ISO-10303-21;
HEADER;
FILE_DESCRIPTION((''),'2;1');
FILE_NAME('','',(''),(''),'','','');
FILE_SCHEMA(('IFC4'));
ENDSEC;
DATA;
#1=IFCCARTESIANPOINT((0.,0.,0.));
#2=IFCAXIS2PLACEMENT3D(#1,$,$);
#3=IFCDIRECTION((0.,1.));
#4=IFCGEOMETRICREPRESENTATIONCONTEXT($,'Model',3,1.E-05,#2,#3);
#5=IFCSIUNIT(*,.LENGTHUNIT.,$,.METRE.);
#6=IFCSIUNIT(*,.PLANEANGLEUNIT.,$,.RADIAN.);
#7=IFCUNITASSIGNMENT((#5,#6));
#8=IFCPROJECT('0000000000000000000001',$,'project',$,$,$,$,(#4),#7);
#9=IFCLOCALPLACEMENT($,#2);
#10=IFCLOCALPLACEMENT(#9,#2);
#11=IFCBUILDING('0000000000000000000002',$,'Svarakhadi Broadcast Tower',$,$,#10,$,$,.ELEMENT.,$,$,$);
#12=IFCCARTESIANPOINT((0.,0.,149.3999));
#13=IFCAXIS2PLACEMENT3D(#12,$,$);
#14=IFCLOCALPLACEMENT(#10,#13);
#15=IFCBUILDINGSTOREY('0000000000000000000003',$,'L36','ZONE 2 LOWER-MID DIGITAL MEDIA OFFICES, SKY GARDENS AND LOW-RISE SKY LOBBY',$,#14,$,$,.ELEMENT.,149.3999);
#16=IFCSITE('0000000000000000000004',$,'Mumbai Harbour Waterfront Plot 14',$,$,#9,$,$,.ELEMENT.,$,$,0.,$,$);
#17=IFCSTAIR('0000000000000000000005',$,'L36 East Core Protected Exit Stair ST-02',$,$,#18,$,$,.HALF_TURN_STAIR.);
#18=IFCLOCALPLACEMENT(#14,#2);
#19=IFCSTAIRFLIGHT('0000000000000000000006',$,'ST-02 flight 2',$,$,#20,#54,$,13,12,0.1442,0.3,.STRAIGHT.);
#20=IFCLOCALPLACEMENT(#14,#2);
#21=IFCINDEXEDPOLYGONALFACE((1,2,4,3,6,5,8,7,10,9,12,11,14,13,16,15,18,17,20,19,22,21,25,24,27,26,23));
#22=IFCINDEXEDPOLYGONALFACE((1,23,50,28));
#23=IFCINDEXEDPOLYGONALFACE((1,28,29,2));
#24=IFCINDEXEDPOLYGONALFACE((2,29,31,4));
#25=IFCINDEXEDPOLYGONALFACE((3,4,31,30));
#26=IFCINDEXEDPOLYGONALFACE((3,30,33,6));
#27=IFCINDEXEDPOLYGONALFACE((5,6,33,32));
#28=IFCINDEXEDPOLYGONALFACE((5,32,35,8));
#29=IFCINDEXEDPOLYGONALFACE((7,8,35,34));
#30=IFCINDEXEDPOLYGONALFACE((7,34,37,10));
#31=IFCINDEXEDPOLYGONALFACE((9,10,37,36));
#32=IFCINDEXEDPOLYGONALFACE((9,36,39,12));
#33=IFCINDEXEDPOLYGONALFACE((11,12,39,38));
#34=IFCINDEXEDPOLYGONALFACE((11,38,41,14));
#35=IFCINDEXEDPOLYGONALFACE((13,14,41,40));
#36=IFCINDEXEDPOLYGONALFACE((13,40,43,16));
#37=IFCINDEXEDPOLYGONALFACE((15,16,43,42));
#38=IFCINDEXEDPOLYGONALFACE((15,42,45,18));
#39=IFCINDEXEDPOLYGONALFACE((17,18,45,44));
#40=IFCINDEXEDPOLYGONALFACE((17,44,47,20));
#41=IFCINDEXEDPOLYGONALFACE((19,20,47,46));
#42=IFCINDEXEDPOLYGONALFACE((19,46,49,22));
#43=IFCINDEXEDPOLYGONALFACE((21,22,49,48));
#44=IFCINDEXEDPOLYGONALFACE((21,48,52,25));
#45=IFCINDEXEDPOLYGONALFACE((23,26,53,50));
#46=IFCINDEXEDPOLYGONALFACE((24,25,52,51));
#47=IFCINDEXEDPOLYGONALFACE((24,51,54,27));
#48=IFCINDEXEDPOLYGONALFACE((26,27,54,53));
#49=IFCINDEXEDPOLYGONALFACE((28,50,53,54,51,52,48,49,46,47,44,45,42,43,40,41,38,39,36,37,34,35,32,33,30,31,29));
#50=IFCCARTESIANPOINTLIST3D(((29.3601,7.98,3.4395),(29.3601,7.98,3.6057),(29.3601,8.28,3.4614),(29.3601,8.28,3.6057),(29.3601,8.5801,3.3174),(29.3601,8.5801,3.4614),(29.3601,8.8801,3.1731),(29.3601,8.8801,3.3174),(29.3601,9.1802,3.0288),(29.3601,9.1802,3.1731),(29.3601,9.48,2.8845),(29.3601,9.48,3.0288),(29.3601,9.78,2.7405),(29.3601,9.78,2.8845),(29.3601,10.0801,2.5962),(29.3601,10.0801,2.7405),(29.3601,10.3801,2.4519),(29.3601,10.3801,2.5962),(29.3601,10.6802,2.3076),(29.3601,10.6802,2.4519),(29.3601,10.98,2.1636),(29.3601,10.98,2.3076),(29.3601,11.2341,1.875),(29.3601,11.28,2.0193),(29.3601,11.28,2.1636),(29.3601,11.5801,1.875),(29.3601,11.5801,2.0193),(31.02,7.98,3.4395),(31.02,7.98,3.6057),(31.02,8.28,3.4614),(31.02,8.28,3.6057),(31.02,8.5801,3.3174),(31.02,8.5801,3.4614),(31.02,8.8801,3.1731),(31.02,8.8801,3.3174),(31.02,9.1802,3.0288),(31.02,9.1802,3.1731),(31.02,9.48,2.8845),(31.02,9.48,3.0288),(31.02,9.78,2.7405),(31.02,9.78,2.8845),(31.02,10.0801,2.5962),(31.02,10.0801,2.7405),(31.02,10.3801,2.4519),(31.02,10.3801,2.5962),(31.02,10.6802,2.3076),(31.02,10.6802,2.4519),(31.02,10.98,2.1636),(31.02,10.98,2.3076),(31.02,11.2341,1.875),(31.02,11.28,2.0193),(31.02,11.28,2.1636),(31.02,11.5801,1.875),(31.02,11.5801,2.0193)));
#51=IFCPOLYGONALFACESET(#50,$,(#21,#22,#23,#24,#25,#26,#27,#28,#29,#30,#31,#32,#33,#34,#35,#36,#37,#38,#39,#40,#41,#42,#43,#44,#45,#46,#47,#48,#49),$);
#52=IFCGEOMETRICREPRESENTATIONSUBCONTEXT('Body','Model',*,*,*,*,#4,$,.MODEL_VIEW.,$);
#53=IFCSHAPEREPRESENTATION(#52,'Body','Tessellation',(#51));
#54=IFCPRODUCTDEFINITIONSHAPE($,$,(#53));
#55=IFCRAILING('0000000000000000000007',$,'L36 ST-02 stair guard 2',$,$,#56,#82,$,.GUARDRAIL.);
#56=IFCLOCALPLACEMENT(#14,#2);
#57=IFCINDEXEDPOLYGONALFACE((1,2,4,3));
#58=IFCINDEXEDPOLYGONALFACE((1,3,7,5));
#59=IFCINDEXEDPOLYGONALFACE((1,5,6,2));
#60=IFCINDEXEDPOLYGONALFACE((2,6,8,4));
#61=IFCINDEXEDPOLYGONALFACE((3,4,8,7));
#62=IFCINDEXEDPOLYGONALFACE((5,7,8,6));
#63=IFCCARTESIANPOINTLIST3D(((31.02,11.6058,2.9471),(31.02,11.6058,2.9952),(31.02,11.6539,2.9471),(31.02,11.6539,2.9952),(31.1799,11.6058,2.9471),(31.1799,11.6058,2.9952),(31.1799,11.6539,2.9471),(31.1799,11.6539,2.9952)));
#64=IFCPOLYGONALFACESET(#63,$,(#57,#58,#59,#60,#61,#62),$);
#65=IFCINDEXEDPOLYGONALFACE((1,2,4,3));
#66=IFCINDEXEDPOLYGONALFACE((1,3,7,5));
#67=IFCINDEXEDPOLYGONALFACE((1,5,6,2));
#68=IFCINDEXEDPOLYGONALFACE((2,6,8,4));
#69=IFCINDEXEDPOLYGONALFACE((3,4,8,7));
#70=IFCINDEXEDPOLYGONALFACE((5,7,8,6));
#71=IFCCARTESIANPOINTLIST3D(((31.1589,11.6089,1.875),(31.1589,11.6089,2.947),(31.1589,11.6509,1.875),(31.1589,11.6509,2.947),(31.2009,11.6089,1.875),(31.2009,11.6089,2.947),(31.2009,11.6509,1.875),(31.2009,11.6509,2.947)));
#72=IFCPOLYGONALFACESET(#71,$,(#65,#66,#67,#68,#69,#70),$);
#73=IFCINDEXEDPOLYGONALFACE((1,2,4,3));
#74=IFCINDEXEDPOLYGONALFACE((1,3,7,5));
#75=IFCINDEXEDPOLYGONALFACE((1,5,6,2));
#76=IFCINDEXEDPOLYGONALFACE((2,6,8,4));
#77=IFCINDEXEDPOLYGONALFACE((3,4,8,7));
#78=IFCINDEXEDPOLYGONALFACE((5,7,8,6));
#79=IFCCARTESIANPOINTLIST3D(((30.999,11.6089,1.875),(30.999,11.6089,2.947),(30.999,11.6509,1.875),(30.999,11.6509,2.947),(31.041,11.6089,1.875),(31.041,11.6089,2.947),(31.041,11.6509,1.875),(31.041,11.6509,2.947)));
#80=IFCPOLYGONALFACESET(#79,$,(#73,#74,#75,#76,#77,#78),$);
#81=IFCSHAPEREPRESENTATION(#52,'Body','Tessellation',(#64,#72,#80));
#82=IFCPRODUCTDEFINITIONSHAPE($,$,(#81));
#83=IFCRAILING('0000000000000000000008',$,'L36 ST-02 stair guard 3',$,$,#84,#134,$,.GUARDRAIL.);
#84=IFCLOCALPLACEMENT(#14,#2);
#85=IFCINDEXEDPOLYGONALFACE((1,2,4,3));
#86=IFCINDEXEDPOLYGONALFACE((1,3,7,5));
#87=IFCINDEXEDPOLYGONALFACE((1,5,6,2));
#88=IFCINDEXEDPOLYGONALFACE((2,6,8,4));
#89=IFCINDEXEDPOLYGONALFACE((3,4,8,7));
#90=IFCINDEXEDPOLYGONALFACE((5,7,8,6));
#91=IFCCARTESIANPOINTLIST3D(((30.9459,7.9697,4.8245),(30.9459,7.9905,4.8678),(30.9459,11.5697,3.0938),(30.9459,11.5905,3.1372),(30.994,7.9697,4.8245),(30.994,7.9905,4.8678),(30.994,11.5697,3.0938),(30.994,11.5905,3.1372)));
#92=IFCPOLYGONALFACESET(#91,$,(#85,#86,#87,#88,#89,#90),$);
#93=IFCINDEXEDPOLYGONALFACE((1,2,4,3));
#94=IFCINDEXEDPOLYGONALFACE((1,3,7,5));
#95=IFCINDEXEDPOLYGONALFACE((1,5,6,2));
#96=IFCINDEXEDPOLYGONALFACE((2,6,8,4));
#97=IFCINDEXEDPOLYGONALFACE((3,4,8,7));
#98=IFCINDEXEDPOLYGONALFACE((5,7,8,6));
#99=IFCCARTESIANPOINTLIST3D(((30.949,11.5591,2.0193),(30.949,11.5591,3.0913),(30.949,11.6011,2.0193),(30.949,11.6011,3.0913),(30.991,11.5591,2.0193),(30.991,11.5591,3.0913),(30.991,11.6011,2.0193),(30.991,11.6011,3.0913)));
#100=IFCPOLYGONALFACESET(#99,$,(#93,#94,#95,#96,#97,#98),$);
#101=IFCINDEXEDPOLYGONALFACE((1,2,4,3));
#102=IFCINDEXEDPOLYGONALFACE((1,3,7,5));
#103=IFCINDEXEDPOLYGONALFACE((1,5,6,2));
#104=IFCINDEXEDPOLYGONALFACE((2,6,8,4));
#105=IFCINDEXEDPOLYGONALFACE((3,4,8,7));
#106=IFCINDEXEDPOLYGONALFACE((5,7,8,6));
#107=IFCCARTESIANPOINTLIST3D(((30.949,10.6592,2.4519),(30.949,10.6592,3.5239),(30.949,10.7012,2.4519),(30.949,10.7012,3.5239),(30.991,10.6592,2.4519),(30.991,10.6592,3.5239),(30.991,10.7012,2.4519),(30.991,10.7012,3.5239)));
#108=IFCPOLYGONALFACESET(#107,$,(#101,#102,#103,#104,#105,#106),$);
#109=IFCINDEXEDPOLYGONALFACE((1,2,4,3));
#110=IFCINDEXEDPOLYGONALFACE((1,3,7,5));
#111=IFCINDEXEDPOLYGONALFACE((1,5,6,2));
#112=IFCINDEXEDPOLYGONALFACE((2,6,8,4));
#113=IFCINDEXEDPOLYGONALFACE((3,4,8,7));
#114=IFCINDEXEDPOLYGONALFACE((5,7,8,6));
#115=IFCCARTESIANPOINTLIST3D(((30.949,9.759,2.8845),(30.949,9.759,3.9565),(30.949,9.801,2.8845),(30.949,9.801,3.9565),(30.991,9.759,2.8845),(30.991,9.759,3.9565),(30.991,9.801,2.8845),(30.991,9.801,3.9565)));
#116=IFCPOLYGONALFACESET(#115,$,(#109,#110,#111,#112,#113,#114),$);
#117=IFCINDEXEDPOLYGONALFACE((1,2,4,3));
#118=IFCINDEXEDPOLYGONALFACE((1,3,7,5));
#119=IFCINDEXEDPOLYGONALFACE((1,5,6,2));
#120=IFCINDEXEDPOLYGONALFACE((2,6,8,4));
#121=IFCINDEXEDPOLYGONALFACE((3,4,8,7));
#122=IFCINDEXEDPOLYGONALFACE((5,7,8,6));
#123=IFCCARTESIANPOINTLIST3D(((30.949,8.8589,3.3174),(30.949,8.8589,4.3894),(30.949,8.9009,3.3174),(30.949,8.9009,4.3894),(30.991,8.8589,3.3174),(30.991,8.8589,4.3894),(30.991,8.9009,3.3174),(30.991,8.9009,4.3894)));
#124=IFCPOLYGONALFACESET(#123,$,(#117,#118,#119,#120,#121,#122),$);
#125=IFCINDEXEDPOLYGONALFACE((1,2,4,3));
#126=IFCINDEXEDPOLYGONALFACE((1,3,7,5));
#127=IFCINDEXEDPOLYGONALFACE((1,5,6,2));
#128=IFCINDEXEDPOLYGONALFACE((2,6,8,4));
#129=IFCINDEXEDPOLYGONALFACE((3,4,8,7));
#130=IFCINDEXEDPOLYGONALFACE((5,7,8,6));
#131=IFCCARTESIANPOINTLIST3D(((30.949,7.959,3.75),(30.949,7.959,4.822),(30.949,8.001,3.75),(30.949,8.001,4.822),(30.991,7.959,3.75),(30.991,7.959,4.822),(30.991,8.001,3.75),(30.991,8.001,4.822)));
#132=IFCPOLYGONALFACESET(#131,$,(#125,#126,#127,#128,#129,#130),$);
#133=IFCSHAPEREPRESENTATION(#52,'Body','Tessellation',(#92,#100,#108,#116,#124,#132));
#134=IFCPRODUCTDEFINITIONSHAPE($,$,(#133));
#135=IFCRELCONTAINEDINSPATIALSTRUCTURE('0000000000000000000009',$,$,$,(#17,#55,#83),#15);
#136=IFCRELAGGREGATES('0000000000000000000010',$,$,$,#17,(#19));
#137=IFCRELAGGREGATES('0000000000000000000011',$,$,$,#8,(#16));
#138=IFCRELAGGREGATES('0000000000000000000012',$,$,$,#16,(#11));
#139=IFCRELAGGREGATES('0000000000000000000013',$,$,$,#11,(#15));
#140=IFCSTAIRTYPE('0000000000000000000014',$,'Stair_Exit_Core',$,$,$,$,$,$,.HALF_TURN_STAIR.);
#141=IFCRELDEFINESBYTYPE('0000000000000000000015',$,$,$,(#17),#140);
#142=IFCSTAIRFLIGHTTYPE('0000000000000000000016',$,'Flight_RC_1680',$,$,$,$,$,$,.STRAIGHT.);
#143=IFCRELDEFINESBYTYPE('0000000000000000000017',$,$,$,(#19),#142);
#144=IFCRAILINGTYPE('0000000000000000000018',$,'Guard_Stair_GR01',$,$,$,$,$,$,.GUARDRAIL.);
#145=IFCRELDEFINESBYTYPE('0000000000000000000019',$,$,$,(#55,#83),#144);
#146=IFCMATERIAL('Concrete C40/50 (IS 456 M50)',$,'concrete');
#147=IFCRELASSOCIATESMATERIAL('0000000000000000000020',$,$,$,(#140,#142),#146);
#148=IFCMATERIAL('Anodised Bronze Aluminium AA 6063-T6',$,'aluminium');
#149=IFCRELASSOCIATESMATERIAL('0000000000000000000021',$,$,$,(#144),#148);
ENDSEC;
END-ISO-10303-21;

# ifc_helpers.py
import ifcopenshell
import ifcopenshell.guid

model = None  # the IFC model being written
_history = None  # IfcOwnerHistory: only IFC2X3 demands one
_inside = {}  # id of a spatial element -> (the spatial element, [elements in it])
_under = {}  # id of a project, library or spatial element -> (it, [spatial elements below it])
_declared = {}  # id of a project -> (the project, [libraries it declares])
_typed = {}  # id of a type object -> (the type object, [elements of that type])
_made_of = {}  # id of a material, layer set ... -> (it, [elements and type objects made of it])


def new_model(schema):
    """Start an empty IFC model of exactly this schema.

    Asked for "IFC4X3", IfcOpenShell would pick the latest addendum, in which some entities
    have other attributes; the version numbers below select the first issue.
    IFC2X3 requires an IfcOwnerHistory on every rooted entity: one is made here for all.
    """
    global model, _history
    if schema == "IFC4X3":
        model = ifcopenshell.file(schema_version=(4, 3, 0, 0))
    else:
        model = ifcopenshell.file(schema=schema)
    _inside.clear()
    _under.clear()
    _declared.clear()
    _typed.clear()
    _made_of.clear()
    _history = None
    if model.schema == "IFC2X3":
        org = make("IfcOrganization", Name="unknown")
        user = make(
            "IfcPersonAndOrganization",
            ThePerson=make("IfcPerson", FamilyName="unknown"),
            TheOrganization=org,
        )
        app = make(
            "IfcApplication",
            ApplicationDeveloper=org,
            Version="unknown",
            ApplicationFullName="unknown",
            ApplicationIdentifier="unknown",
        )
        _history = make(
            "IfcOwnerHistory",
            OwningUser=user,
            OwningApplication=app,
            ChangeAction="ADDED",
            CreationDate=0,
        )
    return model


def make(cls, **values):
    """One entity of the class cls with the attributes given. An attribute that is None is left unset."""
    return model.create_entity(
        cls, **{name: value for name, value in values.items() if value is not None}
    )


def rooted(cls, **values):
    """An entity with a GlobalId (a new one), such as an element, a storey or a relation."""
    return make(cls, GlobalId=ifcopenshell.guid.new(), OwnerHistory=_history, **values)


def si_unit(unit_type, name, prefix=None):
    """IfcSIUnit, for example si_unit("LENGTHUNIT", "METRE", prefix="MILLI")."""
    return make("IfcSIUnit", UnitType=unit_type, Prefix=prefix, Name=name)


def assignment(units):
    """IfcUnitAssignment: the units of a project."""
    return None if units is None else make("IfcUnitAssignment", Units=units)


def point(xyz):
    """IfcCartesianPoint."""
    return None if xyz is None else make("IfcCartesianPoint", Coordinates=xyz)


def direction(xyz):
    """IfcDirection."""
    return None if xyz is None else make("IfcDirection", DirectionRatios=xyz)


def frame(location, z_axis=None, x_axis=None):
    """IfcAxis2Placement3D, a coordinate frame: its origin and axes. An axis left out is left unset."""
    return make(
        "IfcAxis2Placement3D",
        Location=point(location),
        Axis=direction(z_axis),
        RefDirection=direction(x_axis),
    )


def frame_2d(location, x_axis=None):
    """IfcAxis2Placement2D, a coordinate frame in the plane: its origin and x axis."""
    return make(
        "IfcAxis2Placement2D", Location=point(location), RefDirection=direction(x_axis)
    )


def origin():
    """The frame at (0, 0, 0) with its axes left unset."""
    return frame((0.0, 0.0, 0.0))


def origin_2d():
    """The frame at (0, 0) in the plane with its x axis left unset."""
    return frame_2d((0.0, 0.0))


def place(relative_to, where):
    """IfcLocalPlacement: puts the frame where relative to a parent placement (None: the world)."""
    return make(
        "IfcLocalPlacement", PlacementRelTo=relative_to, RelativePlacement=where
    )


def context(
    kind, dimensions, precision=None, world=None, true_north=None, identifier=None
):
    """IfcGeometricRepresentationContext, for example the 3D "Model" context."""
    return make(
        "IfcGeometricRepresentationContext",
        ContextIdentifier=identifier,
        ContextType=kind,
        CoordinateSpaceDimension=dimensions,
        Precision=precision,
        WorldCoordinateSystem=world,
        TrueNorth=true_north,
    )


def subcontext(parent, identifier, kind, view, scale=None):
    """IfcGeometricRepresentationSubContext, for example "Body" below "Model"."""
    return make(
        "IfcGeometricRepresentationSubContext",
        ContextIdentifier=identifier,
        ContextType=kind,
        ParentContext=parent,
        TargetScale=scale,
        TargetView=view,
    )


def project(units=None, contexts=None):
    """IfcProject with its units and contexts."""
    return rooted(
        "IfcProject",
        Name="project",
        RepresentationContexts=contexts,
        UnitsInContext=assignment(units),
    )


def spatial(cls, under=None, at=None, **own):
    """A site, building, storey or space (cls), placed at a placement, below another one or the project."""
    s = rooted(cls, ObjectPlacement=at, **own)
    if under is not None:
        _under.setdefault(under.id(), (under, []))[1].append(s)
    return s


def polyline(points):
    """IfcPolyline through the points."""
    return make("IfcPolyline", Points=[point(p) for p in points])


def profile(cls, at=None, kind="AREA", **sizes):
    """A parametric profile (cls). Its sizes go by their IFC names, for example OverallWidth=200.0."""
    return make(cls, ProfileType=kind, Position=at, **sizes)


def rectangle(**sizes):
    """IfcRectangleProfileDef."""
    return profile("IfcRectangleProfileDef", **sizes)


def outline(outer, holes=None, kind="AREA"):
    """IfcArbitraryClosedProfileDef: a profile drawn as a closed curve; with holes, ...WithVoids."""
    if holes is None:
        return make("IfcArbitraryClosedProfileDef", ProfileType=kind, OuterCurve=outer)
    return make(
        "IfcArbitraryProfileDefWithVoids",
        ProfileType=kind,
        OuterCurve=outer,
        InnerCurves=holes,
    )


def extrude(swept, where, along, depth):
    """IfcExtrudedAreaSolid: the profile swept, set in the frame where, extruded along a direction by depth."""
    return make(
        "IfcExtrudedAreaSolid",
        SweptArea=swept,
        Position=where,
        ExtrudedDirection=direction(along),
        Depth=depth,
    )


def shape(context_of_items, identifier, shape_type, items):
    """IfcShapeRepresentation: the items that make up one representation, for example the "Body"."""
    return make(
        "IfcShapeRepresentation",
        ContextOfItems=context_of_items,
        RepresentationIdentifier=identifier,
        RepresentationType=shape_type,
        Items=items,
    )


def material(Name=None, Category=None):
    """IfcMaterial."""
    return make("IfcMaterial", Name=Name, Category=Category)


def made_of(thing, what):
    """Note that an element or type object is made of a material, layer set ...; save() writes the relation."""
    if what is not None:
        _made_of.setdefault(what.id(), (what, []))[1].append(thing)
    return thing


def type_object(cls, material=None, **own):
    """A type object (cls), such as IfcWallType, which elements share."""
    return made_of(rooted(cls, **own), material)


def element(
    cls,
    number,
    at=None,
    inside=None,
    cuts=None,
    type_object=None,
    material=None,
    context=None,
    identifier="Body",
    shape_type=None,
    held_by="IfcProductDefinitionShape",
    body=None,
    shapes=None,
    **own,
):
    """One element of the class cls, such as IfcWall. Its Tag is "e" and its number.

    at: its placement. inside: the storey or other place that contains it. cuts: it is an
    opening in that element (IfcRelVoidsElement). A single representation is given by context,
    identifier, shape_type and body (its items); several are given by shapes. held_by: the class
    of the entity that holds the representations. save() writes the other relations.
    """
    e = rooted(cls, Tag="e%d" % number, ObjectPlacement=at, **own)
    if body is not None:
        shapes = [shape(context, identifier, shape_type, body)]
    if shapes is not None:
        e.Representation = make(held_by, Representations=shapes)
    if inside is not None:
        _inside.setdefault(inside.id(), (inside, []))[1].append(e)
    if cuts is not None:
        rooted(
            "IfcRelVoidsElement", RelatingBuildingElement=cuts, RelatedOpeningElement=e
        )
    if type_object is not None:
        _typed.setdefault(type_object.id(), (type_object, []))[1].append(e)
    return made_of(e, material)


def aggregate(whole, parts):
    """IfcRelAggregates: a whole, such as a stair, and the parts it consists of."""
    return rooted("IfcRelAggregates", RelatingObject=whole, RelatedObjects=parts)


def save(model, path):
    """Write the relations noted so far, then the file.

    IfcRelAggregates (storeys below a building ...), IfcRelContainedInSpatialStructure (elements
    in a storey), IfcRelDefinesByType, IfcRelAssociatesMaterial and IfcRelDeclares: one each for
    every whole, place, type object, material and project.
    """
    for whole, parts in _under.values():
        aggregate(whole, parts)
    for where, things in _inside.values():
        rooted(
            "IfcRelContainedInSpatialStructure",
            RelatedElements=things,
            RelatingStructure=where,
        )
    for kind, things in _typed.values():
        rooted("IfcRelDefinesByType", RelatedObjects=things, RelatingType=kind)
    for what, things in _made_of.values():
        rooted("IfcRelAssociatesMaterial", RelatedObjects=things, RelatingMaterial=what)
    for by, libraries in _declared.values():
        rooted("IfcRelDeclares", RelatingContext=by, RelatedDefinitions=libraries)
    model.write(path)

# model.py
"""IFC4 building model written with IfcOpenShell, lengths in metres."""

from ifc_helpers import new_model, si_unit, direction, frame, origin, origin_2d, place, context, subcontext, project, spatial, polyline, rectangle, outline, extrude, material, type_object, element, aggregate, save


model = new_model("IFC4")

# Units and contexts
model_context = context("Model", 3, precision=1e-05, world=origin(), true_north=direction((0.0, 1.0)))
body_context = subcontext(model_context, "Body", "Model", "MODEL_VIEW")
ifc_project = project(units=[si_unit("LENGTHUNIT", "METRE"), si_unit("PLANEANGLEUNIT", "RADIAN")], contexts=[model_context])

# Site, building, storey
site_placement = place(None, origin())
site = spatial("IfcSite", under=ifc_project, at=site_placement, Name="Mumbai Harbour Waterfront Plot 14", CompositionType="ELEMENT", RefElevation=0.0)
building_placement = place(site_placement, origin())
building = spatial("IfcBuilding", under=site, at=building_placement, Name="Svarakhadi Broadcast Tower", CompositionType="ELEMENT")
storey_placement = place(building_placement, frame((0.0, 0.0, 149.3999)))
storey = spatial("IfcBuildingStorey", under=building, at=storey_placement, Name="L36", Description="ZONE 2 LOWER-MID DIGITAL MEDIA OFFICES, SKY GARDENS AND LOW-RISE SKY LOBBY", CompositionType="ELEMENT", Elevation=149.3999)

# Shared definitions
ifc_material_1 = material(Name="Concrete C40/50 (IS 456 M50)", Category="concrete")

# Stair, stair flight
stair_type = type_object("IfcStairType", Name="Stair_Exit_Core", PredefinedType="HALF_TURN_STAIR", material=ifc_material_1)
stair_placement = place(storey_placement, origin())
stair = element("IfcStair", 1, at=stair_placement, inside=storey, type_object=stair_type, Name="L36 East Core Protected Exit Stair ST-02", PredefinedType="HALF_TURN_STAIR")
stair_flight_type = type_object("IfcStairFlightType", Name="Flight_RC_1680", PredefinedType="STRAIGHT", material=ifc_material_1)
stair_flight_placement = place(storey_placement, frame((30.1899, 11.5801, 1.875), z_axis=(0.0, 0.0, 1.0), x_axis=(0.0, -1.0, 0.0)))
stair_flight = element("IfcStairFlight", 2, at=stair_flight_placement, type_object=stair_flight_type, Name="ST-02 flight 2", NumberOfRisers=13, NumberOfTreads=12, PredefinedType="STRAIGHT", RiserHeight=0.1442, TreadLength=0.3, context=body_context, shape_type="SweptSolid", body=[
    extrude(outline(polyline([(0.0, 0.0), (0.0, 0.1443), (0.3, 0.1443), (0.3, 0.2886), (0.6001, 0.2886), (0.6001, 0.4326), (0.8999, 0.4326), (0.8999, 0.5769), (1.2, 0.5769), (1.2, 0.7212), (1.5, 0.7212), (1.5, 0.8655), (1.8, 0.8655), (1.8, 1.0095), (2.1001, 1.0095), (2.1001, 1.1538), (2.3999, 1.1538), (2.3999, 1.2981), (2.7, 1.2981), (2.7, 1.4424), (3.0, 1.4424), (3.0, 1.5864), (3.3, 1.5864), (3.3, 1.7307), (3.6001, 1.7307), (3.6001, 1.875), (3.6001, 1.5645), (0.3459, 0.0), (0.0, 0.0)])), frame((0.0, 0.8301, 0.0), z_axis=(0.0, -1.0, 0.0), x_axis=(1.0, 0.0, 0.0)), (0.0, 0.0, 1.0), 1.6599),
])
aggregate(stair, [stair_flight])

# Railings
ifc_material_2 = material(Name="Anodised Bronze Aluminium AA 6063-T6", Category="aluminium")
railing_type = type_object("IfcRailingType", Name="Guard_Stair_GR01", PredefinedType="GUARDRAIL", material=ifc_material_2)
railing_1_placement = place(storey_placement, frame((31.1799, 11.6299, 1.875)))
element("IfcRailing", 3, at=railing_1_placement, inside=storey, type_object=railing_type, Name="L36 ST-02 stair guard 2", PredefinedType="GUARDRAIL", context=body_context, shape_type="SweptSolid", body=[
    extrude(rectangle(XDim=0.0481, YDim=0.0481, at=origin_2d()), frame((0.0, 0.0, 1.0962), z_axis=(-1.0, 0.0, 0.0), x_axis=(0.0, -1.0, 0.0)), (0.0, 0.0, 1.0), 0.1599),
    extrude(rectangle(XDim=0.042, YDim=0.042, at=origin_2d()), origin(), (0.0, 0.0, 1.0), 1.072),
    extrude(rectangle(XDim=0.042, YDim=0.042, at=origin_2d()), frame((-0.1599, 0.0, 0.0)), (0.0, 0.0, 1.0), 1.072),
])
railing_2_placement = place(storey_placement, frame((30.97, 11.5801, 2.0193)))
element("IfcRailing", 4, at=railing_2_placement, inside=storey, type_object=railing_type, Name="L36 ST-02 stair guard 3", PredefinedType="GUARDRAIL", context=body_context, shape_type="SweptSolid", body=[
    extrude(rectangle(XDim=0.0481, YDim=0.0481, at=origin_2d()), frame((0.0, 0.0, 1.0962), z_axis=(0.0, -0.901263, 0.433273), x_axis=(1.0, 0.0, 0.0)), (0.0, 0.0, 1.0), 3.9944),
    extrude(rectangle(XDim=0.042, YDim=0.042, at=origin_2d()), origin(), (0.0, 0.0, 1.0), 1.072),
    extrude(rectangle(XDim=0.042, YDim=0.042, at=origin_2d()), frame((0.0, -0.8999, 0.4326)), (0.0, 0.0, 1.0), 1.072),
    extrude(rectangle(XDim=0.042, YDim=0.042, at=origin_2d()), frame((0.0, -1.8, 0.8652)), (0.0, 0.0, 1.0), 1.072),
    extrude(rectangle(XDim=0.042, YDim=0.042, at=origin_2d()), frame((0.0, -2.7002, 1.2981)), (0.0, 0.0, 1.0), 1.072),
    extrude(rectangle(XDim=0.042, YDim=0.042, at=origin_2d()), frame((0.0, -3.6001, 1.7307)), (0.0, 0.0, 1.0), 1.072),
])

save(model, "model.ifc")
